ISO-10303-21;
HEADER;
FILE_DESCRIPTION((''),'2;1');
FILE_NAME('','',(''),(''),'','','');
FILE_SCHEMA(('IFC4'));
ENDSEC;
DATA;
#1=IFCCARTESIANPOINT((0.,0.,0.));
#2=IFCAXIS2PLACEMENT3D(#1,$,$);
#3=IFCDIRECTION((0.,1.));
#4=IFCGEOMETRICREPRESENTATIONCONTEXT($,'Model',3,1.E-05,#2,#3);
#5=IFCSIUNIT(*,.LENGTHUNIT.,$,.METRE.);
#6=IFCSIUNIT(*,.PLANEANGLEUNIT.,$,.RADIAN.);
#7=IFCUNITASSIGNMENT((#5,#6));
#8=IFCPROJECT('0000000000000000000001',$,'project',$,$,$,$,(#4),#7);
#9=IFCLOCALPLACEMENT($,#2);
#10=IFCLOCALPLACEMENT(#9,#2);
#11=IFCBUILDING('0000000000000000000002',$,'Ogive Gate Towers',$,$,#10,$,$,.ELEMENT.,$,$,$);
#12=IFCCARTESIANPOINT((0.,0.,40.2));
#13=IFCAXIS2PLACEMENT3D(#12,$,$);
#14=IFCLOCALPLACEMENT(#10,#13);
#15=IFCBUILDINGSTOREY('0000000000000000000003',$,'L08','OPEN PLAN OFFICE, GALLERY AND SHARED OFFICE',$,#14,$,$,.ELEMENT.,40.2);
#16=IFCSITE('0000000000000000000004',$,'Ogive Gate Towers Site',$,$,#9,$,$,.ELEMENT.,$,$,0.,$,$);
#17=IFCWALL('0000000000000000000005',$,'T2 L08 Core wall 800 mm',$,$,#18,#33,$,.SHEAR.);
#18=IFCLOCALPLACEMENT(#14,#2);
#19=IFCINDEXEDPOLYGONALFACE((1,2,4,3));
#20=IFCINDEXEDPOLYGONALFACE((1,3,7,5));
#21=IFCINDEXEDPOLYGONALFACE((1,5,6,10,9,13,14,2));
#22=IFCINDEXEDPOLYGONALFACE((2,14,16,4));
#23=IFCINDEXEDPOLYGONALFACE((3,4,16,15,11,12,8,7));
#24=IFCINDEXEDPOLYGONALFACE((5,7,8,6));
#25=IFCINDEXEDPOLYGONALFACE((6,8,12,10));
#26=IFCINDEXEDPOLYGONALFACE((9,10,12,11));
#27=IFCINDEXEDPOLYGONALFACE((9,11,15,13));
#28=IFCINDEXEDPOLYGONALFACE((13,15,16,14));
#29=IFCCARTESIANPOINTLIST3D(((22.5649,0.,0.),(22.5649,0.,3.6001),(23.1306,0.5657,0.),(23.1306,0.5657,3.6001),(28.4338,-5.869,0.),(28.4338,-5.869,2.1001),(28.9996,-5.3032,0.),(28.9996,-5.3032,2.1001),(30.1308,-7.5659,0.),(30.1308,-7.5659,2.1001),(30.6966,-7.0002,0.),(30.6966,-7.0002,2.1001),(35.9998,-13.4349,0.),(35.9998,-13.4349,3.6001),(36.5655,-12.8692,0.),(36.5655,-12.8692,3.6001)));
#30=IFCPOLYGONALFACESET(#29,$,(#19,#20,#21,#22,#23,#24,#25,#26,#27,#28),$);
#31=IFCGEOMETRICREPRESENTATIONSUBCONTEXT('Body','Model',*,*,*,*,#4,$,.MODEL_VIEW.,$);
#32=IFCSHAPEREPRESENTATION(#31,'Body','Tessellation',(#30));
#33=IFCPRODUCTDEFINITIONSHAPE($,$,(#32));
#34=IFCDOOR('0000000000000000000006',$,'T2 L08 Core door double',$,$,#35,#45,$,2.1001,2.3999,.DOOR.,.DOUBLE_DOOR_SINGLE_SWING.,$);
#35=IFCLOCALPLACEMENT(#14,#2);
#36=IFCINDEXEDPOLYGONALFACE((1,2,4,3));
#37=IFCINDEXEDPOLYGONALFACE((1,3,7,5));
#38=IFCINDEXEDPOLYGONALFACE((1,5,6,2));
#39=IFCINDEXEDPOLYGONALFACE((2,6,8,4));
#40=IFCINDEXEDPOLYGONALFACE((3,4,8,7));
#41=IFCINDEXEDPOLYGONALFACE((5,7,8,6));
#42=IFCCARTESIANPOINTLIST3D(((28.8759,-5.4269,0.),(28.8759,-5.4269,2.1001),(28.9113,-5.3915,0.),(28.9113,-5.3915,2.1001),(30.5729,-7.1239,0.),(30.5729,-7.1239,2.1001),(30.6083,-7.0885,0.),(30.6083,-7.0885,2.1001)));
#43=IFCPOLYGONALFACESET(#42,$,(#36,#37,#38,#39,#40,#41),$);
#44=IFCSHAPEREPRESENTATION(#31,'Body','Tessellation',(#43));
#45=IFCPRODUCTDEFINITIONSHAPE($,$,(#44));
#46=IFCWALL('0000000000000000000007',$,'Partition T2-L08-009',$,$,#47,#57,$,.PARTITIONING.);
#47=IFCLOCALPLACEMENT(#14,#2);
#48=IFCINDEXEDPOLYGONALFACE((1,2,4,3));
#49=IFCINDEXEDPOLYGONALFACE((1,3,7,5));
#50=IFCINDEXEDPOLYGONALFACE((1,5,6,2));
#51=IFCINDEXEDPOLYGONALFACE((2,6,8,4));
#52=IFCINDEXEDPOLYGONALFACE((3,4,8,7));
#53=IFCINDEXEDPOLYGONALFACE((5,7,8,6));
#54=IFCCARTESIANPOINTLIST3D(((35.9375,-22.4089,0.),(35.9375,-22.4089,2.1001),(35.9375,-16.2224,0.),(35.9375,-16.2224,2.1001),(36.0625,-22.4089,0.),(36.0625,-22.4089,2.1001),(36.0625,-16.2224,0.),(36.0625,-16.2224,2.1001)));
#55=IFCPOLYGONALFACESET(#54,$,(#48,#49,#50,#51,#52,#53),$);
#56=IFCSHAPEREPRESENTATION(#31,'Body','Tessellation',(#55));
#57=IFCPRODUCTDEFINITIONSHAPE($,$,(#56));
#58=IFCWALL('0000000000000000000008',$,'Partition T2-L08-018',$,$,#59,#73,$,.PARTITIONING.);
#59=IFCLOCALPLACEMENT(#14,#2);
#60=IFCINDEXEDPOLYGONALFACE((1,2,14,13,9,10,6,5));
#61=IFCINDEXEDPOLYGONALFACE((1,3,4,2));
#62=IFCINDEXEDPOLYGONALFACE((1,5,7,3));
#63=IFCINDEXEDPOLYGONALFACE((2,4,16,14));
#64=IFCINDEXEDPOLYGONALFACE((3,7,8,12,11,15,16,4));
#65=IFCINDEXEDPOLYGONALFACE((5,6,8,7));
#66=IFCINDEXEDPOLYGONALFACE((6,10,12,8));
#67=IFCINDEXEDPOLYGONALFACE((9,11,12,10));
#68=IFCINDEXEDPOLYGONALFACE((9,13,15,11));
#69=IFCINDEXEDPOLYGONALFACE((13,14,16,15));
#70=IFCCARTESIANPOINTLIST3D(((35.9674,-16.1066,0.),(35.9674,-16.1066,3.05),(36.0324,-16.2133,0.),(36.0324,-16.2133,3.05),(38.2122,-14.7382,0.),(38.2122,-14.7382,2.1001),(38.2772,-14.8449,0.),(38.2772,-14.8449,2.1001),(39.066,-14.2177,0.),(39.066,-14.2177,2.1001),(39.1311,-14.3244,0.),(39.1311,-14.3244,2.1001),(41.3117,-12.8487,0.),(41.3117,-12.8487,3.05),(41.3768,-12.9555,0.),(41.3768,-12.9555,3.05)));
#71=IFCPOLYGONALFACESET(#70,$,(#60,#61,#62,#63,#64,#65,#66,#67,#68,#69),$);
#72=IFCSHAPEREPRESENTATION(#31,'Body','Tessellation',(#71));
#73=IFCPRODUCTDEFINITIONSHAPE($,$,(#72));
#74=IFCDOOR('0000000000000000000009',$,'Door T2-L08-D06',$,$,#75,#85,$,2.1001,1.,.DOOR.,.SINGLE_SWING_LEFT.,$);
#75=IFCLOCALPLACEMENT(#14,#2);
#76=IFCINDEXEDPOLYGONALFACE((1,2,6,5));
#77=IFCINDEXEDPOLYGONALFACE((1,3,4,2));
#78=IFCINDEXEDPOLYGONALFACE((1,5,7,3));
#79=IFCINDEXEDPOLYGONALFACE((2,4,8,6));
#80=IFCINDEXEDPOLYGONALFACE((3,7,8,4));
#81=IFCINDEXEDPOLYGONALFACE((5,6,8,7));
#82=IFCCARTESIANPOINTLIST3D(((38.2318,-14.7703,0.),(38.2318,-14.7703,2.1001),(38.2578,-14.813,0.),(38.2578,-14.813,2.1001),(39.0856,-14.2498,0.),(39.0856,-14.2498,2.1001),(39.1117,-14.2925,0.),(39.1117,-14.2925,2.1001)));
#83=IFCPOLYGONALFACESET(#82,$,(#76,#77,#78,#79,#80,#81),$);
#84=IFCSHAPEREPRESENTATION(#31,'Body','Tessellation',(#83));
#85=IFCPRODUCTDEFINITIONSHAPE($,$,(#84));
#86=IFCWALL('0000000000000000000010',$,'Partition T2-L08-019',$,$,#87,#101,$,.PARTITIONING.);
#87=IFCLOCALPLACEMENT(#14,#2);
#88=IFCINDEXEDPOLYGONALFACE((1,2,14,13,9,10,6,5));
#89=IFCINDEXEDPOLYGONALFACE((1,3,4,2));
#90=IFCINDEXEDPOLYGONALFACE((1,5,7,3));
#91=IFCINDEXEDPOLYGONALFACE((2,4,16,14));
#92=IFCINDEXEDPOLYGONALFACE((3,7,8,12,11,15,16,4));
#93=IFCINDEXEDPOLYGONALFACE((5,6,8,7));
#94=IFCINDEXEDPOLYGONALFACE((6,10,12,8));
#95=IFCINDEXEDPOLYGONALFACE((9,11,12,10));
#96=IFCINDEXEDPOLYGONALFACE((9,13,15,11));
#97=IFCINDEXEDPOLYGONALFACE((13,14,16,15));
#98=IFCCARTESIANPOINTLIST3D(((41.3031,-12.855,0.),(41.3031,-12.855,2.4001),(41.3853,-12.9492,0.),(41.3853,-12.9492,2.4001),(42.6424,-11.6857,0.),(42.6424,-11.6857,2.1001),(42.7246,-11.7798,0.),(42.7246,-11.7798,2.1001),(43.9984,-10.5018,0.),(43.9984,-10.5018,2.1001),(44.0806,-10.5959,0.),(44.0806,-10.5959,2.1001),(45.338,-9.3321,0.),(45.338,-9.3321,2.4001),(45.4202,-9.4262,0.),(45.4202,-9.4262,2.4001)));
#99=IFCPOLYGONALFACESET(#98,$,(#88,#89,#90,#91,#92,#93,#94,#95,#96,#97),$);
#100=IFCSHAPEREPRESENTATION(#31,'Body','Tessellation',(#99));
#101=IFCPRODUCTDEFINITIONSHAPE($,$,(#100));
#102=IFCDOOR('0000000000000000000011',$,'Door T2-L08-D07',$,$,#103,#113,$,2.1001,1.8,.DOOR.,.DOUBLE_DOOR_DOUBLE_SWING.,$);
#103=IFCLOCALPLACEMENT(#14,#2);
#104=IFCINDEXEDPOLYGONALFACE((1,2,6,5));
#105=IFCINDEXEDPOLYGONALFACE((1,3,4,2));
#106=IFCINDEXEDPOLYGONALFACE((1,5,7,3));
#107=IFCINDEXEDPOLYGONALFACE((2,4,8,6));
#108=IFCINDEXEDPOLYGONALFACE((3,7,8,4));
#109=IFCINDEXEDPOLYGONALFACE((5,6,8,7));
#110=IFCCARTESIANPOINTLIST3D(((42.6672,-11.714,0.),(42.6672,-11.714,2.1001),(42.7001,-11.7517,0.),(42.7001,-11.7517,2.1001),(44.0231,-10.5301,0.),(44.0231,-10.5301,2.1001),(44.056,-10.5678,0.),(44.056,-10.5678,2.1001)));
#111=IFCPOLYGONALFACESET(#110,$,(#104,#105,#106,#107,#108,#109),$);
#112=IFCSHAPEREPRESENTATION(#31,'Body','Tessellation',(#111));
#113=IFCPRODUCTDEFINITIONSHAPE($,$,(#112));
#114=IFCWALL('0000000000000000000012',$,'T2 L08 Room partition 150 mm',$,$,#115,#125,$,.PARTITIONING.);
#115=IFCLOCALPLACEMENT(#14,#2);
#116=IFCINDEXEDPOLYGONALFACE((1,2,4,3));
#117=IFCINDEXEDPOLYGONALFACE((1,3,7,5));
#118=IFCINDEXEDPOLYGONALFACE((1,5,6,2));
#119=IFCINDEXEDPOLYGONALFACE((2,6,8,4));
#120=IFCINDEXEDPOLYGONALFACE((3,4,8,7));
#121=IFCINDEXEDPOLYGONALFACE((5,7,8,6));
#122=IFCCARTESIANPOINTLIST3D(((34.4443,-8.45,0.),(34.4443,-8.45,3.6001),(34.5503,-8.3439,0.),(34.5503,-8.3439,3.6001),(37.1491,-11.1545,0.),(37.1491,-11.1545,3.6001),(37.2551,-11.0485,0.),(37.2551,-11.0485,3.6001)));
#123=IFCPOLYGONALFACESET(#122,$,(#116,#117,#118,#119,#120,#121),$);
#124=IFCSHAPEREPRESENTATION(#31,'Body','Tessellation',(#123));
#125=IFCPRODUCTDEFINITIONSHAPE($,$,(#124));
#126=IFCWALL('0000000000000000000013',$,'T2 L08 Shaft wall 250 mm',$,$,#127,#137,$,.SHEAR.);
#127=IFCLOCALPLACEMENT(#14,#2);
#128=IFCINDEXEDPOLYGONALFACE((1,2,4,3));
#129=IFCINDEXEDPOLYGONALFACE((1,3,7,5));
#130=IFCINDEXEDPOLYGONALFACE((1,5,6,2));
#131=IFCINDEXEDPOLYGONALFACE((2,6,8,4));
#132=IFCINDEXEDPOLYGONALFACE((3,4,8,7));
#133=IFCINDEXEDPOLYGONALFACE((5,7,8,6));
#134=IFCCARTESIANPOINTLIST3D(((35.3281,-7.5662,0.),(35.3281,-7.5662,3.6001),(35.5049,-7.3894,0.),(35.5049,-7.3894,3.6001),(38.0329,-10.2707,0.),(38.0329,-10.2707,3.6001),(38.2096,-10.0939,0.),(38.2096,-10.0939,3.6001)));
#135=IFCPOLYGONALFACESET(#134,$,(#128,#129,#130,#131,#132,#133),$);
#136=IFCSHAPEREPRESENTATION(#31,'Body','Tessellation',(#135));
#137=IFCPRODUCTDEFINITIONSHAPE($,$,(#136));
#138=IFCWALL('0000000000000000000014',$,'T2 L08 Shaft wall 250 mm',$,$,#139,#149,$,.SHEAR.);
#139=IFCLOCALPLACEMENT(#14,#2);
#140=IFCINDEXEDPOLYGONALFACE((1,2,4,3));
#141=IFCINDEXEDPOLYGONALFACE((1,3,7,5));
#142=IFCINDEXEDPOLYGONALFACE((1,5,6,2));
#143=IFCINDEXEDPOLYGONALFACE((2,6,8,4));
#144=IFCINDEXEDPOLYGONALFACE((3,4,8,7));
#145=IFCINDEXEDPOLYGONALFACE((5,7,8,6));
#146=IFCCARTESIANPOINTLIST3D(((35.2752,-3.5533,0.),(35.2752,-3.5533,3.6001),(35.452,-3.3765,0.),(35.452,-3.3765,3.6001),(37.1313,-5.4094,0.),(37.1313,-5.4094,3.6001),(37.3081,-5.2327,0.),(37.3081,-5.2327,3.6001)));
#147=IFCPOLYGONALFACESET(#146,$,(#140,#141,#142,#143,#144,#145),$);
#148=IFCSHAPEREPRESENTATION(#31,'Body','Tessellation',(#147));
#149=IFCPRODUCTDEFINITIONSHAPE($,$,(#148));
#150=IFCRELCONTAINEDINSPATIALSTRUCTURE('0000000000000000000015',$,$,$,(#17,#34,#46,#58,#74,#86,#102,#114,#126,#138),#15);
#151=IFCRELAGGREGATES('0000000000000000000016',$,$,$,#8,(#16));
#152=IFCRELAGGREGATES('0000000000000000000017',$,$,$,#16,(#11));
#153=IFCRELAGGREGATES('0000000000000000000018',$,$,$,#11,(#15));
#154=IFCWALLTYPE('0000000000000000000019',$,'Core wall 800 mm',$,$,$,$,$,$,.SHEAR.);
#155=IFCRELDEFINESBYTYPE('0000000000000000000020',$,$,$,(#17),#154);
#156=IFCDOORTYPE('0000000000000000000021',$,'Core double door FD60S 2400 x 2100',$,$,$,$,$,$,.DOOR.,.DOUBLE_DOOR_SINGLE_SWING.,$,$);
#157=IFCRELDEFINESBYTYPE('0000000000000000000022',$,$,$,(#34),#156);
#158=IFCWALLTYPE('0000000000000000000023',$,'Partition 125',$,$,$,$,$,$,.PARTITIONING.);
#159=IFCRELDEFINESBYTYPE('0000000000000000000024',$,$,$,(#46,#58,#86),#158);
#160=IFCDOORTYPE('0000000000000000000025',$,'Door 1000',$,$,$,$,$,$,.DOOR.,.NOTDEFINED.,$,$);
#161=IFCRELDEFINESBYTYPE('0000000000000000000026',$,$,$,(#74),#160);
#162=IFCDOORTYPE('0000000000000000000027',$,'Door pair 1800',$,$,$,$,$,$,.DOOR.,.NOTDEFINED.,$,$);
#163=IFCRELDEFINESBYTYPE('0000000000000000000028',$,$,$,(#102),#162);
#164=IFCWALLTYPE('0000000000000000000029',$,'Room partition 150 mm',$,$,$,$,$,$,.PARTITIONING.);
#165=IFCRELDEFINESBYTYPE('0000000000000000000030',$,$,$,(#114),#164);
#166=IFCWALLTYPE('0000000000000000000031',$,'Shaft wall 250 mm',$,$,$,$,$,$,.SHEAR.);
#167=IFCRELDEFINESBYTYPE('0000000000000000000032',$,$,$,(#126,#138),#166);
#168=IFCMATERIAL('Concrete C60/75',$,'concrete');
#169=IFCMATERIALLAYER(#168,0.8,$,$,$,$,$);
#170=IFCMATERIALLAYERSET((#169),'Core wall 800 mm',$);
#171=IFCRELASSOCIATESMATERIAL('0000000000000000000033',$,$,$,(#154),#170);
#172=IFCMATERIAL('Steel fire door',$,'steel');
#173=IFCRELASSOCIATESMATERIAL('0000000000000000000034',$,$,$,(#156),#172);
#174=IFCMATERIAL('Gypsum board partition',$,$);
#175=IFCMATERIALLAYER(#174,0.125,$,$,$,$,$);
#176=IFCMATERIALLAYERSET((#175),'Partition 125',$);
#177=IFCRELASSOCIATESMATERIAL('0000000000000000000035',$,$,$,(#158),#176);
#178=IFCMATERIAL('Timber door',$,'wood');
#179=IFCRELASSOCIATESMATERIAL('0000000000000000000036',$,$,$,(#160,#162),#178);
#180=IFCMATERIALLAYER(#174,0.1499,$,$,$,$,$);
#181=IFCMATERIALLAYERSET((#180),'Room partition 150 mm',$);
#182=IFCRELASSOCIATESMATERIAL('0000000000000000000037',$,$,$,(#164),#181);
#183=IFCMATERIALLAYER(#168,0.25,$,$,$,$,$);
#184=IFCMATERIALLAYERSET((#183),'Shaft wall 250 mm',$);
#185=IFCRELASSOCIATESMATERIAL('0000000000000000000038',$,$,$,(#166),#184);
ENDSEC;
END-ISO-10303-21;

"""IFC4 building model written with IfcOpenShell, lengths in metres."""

from ifc_helpers import new_model, si_unit, direction, frame, frame_2d, origin, place, context, subcontext, project, spatial, rectangle, extrude, material, layer, layer_set, type_object, element, fill, save


model = new_model("IFC4")

# Units and contexts
model_context = context("Model", 3, precision=1e-05, world=origin(), true_north=direction((0.0, 1.0)))
body_context = subcontext(model_context, "Body", "Model", "MODEL_VIEW")
ifc_project = project(units=[si_unit("LENGTHUNIT", "METRE"), si_unit("PLANEANGLEUNIT", "RADIAN")], contexts=[model_context])

# Site, building, storey
site_placement = place(None, origin())
site = spatial("IfcSite", under=ifc_project, at=site_placement, Name="Ogive Gate Towers Site", CompositionType="ELEMENT", RefElevation=0.0)
building_placement = place(site_placement, origin())
building = spatial("IfcBuilding", under=site, at=building_placement, Name="Ogive Gate Towers", CompositionType="ELEMENT")
storey_placement = place(building_placement, frame((0.0, 0.0, 40.2)))
storey = spatial("IfcBuildingStorey", under=building, at=storey_placement, Name="L08", Description="OPEN PLAN OFFICE, GALLERY AND SHARED OFFICE", CompositionType="ELEMENT", Elevation=40.2)

# Shared definitions
ifc_material_1 = material(Name="Concrete C60/75", Category="concrete")
ifc_layer_1 = layer(ifc_material_1, 0.8)
ifc_layer_set_1 = layer_set([ifc_layer_1], Name="Core wall 800 mm")
wall_type_1 = type_object("IfcWallType", Name="Core wall 800 mm", PredefinedType="SHEAR", material=ifc_layer_set_1)
ifc_material_2 = material(Name="Timber door", Category="wood")
ifc_material_3 = material(Name="Steel fire door", Category="steel")

# Wall, opening, door
wall_1_placement = place(storey_placement, frame((36.2827, -13.1521, 0.0), z_axis=(0.0, 0.0, 1.0), x_axis=(-0.707107, 0.707107, 0.0)))
wall_1 = element("IfcWall", 1, at=wall_1_placement, inside=storey, type_object=wall_type_1, Name="T2 L08 Core wall 800 mm", PredefinedType="SHEAR", context=body_context, shape_type="SweptSolid", body=[
    extrude(rectangle(XDim=18.9998, YDim=0.8, at=frame_2d((9.5, 0.0))), origin(), (0.0, 0.0, 1.0), 3.6001),
])
opening_1_placement = place(wall_1_placement, frame((8.3, 0.0, 0.0)))
opening_1 = element("IfcOpeningElement", 2, at=opening_1_placement, cuts=wall_1, PredefinedType="OPENING", context=body_context, shape_type="SweptSolid", body=[
    extrude(rectangle(XDim=2.3999, YDim=2.1001, at=frame_2d((1.2, 1.05))), frame((0.0, 0.4102, 0.0), z_axis=(0.0, -1.0, 0.0), x_axis=(1.0, 0.0, 0.0)), (0.0, 0.0, 1.0), 0.8201),
])
door_type_1 = type_object("IfcDoorType", Name="Core double door FD60S 2400 x 2100", OperationType="DOUBLE_DOOR_SINGLE_SWING", PredefinedType="DOOR", material=ifc_material_3)
door_1_placement = place(opening_1_placement, origin())
door_1 = element("IfcDoor", 3, at=door_1_placement, inside=storey, type_object=door_type_1, Name="T2 L08 Core door double", OperationType="DOUBLE_DOOR_SINGLE_SWING", OverallHeight=2.1001, OverallWidth=2.3999, PredefinedType="DOOR", context=body_context, shape_type="SweptSolid", body=[
    extrude(rectangle(XDim=2.3999, YDim=2.1001, at=frame_2d((1.2, 1.05))), frame((0.0, -0.2251, 0.0), z_axis=(0.0, -1.0, 0.0), x_axis=(1.0, 0.0, 0.0)), (0.0, 0.0, 1.0), 0.05),
])
fill(opening_1, door_1)

# Wall
ifc_material_4 = material(Name="Gypsum board partition")
ifc_layer_2 = layer(ifc_material_4, 0.125)
ifc_layer_set_2 = layer_set([ifc_layer_2], Name="Partition 125")
wall_type_2 = type_object("IfcWallType", Name="Partition 125", PredefinedType="PARTITIONING", material=ifc_layer_set_2)
wall_2_placement = place(storey_placement, frame((36.0, -22.4089, 0.0), z_axis=(0.0, 0.0, 1.0), x_axis=(0.0, 1.0, 0.0)))
element("IfcWall", 4, at=wall_2_placement, inside=storey, type_object=wall_type_2, Name="Partition T2-L08-009", PredefinedType="PARTITIONING", context=body_context, shape_type="SweptSolid", body=[
    extrude(rectangle(XDim=6.1865, YDim=0.125, at=frame_2d((3.0933, 0.0))), origin(), (0.0, 0.0, 1.0), 2.1001),
])

# Walls, openings, doors
wall_3_placement = place(storey_placement, frame((36.0, -16.1599, 0.0), z_axis=(0.0, 0.0, 1.0), x_axis=(0.853858, 0.520506, 0.0)))
wall_3 = element("IfcWall", 5, at=wall_3_placement, inside=storey, type_object=wall_type_2, Name="Partition T2-L08-018", PredefinedType="PARTITIONING", context=body_context, shape_type="SweptSolid", body=[
    extrude(rectangle(XDim=6.259, YDim=0.125, at=frame_2d((3.1294, 0.0))), origin(), (0.0, 0.0, 1.0), 3.05),
])
opening_2_placement = place(wall_3_placement, frame((2.6289, 0.0, 0.0)))
opening_2 = element("IfcOpeningElement", 6, at=opening_2_placement, cuts=wall_3, PredefinedType="OPENING", context=body_context, shape_type="SweptSolid", body=[
    extrude(rectangle(XDim=1.0, YDim=2.1001, at=frame_2d((0.5, 1.05))), frame((0.0, 0.0725, 0.0), z_axis=(0.0, -1.0, 0.0), x_axis=(1.0, 0.0, 0.0)), (0.0, 0.0, 1.0), 0.145),
])
door_type_2 = type_object("IfcDoorType", Name="Door 1000", OperationType="NOTDEFINED", PredefinedType="DOOR", material=ifc_material_2)
door_2_placement = place(opening_2_placement, origin())
door_2 = element("IfcDoor", 7, at=door_2_placement, inside=storey, type_object=door_type_2, Name="Door T2-L08-D06", OperationType="SINGLE_SWING_LEFT", OverallHeight=2.1001, OverallWidth=1.0, PredefinedType="DOOR", context=body_context, shape_type="SweptSolid", body=[
    extrude(rectangle(XDim=1.0, YDim=2.1001, at=frame_2d((0.5, 1.05))), frame((0.0, 0.0249, 0.0), z_axis=(0.0, -1.0, 0.0), x_axis=(1.0, 0.0, 0.0)), (0.0, 0.0, 1.0), 0.05),
])
fill(opening_2, door_2)
wall_4_placement = place(storey_placement, frame((41.3442, -12.9021, 0.0), z_axis=(0.0, 0.0, 1.0), x_axis=(0.753279, 0.657701, 0.0)))
wall_4 = element("IfcWall", 8, at=wall_4_placement, inside=storey, type_object=wall_type_2, Name="Partition T2-L08-019", PredefinedType="PARTITIONING", context=body_context, shape_type="SweptSolid", body=[
    extrude(rectangle(XDim=5.3564, YDim=0.125, at=frame_2d((2.6782, 0.0))), origin(), (0.0, 0.0, 1.0), 2.4001),
])
opening_3_placement = place(wall_4_placement, frame((1.7781, 0.0, 0.0)))
opening_3 = element("IfcOpeningElement", 9, at=opening_3_placement, cuts=wall_4, PredefinedType="OPENING", context=body_context, shape_type="SweptSolid", body=[
    extrude(rectangle(XDim=1.8, YDim=2.1001, at=frame_2d((0.8999, 1.05))), frame((0.0, 0.0725, 0.0), z_axis=(0.0, -1.0, 0.0), x_axis=(1.0, 0.0, 0.0)), (0.0, 0.0, 1.0), 0.145),
])
door_type_3 = type_object("IfcDoorType", Name="Door pair 1800", OperationType="NOTDEFINED", PredefinedType="DOOR", material=ifc_material_2)
door_3_placement = place(opening_3_placement, origin())
door_3 = element("IfcDoor", 10, at=door_3_placement, inside=storey, type_object=door_type_3, Name="Door T2-L08-D07", OperationType="DOUBLE_DOOR_DOUBLE_SWING", OverallHeight=2.1001, OverallWidth=1.8, PredefinedType="DOOR", context=body_context, shape_type="SweptSolid", body=[
    extrude(rectangle(XDim=1.8, YDim=2.1001, at=frame_2d((0.8999, 1.05))), frame((0.0, 0.0249, 0.0), z_axis=(0.0, -1.0, 0.0), x_axis=(1.0, 0.0, 0.0)), (0.0, 0.0, 1.0), 0.05),
])
fill(opening_3, door_3)

# Walls
ifc_layer_3 = layer(ifc_material_4, 0.1499)
ifc_layer_set_3 = layer_set([ifc_layer_3], Name="Room partition 150 mm")
wall_type_3 = type_object("IfcWallType", Name="Room partition 150 mm", PredefinedType="PARTITIONING", material=ifc_layer_set_3)
wall_5_placement = place(storey_placement, frame((37.2021, -11.1016, 0.0), z_axis=(0.0, 0.0, 1.0), x_axis=(-0.707139, 0.707075, 0.0)))
element("IfcWall", 11, at=wall_5_placement, inside=storey, type_object=wall_type_3, Name="T2 L08 Room partition 150 mm", PredefinedType="PARTITIONING", context=body_context, shape_type="SweptSolid", body=[
    extrude(rectangle(XDim=3.825, YDim=0.1499, at=frame_2d((1.9126, 0.0))), origin(), (0.0, 0.0, 1.0), 3.6001),
])
ifc_layer_4 = layer(ifc_material_1, 0.25)
ifc_layer_set_4 = layer_set([ifc_layer_4], Name="Shaft wall 250 mm")
wall_type_4 = type_object("IfcWallType", Name="Shaft wall 250 mm", PredefinedType="SHEAR", material=ifc_layer_set_4)
wall_6_placement = place(storey_placement, frame((38.1213, -10.1824, 0.0), z_axis=(0.0, 0.0, 1.0), x_axis=(-0.707139, 0.707075, 0.0)))
element("IfcWall", 12, at=wall_6_placement, inside=storey, type_object=wall_type_4, Name="T2 L08 Shaft wall 250 mm", PredefinedType="SHEAR", context=body_context, shape_type="SweptSolid", body=[
    extrude(rectangle(XDim=3.825, YDim=0.25, at=frame_2d((1.9126, 0.0))), origin(), (0.0, 0.0, 1.0), 3.6001),
])
wall_7_placement = place(storey_placement, frame((37.2197, -5.321, 0.0), z_axis=(0.0, 0.0, 1.0), x_axis=(-0.707107, 0.707107, 0.0)))
element("IfcWall", 13, at=wall_7_placement, inside=storey, type_object=wall_type_4, Name="T2 L08 Shaft wall 250 mm", PredefinedType="SHEAR", context=body_context, shape_type="SweptSolid", body=[
    extrude(rectangle(XDim=2.625, YDim=0.25, at=frame_2d((1.3125, 0.0))), origin(), (0.0, 0.0, 1.0), 3.6001),
])

save(model, "model.ifc")
